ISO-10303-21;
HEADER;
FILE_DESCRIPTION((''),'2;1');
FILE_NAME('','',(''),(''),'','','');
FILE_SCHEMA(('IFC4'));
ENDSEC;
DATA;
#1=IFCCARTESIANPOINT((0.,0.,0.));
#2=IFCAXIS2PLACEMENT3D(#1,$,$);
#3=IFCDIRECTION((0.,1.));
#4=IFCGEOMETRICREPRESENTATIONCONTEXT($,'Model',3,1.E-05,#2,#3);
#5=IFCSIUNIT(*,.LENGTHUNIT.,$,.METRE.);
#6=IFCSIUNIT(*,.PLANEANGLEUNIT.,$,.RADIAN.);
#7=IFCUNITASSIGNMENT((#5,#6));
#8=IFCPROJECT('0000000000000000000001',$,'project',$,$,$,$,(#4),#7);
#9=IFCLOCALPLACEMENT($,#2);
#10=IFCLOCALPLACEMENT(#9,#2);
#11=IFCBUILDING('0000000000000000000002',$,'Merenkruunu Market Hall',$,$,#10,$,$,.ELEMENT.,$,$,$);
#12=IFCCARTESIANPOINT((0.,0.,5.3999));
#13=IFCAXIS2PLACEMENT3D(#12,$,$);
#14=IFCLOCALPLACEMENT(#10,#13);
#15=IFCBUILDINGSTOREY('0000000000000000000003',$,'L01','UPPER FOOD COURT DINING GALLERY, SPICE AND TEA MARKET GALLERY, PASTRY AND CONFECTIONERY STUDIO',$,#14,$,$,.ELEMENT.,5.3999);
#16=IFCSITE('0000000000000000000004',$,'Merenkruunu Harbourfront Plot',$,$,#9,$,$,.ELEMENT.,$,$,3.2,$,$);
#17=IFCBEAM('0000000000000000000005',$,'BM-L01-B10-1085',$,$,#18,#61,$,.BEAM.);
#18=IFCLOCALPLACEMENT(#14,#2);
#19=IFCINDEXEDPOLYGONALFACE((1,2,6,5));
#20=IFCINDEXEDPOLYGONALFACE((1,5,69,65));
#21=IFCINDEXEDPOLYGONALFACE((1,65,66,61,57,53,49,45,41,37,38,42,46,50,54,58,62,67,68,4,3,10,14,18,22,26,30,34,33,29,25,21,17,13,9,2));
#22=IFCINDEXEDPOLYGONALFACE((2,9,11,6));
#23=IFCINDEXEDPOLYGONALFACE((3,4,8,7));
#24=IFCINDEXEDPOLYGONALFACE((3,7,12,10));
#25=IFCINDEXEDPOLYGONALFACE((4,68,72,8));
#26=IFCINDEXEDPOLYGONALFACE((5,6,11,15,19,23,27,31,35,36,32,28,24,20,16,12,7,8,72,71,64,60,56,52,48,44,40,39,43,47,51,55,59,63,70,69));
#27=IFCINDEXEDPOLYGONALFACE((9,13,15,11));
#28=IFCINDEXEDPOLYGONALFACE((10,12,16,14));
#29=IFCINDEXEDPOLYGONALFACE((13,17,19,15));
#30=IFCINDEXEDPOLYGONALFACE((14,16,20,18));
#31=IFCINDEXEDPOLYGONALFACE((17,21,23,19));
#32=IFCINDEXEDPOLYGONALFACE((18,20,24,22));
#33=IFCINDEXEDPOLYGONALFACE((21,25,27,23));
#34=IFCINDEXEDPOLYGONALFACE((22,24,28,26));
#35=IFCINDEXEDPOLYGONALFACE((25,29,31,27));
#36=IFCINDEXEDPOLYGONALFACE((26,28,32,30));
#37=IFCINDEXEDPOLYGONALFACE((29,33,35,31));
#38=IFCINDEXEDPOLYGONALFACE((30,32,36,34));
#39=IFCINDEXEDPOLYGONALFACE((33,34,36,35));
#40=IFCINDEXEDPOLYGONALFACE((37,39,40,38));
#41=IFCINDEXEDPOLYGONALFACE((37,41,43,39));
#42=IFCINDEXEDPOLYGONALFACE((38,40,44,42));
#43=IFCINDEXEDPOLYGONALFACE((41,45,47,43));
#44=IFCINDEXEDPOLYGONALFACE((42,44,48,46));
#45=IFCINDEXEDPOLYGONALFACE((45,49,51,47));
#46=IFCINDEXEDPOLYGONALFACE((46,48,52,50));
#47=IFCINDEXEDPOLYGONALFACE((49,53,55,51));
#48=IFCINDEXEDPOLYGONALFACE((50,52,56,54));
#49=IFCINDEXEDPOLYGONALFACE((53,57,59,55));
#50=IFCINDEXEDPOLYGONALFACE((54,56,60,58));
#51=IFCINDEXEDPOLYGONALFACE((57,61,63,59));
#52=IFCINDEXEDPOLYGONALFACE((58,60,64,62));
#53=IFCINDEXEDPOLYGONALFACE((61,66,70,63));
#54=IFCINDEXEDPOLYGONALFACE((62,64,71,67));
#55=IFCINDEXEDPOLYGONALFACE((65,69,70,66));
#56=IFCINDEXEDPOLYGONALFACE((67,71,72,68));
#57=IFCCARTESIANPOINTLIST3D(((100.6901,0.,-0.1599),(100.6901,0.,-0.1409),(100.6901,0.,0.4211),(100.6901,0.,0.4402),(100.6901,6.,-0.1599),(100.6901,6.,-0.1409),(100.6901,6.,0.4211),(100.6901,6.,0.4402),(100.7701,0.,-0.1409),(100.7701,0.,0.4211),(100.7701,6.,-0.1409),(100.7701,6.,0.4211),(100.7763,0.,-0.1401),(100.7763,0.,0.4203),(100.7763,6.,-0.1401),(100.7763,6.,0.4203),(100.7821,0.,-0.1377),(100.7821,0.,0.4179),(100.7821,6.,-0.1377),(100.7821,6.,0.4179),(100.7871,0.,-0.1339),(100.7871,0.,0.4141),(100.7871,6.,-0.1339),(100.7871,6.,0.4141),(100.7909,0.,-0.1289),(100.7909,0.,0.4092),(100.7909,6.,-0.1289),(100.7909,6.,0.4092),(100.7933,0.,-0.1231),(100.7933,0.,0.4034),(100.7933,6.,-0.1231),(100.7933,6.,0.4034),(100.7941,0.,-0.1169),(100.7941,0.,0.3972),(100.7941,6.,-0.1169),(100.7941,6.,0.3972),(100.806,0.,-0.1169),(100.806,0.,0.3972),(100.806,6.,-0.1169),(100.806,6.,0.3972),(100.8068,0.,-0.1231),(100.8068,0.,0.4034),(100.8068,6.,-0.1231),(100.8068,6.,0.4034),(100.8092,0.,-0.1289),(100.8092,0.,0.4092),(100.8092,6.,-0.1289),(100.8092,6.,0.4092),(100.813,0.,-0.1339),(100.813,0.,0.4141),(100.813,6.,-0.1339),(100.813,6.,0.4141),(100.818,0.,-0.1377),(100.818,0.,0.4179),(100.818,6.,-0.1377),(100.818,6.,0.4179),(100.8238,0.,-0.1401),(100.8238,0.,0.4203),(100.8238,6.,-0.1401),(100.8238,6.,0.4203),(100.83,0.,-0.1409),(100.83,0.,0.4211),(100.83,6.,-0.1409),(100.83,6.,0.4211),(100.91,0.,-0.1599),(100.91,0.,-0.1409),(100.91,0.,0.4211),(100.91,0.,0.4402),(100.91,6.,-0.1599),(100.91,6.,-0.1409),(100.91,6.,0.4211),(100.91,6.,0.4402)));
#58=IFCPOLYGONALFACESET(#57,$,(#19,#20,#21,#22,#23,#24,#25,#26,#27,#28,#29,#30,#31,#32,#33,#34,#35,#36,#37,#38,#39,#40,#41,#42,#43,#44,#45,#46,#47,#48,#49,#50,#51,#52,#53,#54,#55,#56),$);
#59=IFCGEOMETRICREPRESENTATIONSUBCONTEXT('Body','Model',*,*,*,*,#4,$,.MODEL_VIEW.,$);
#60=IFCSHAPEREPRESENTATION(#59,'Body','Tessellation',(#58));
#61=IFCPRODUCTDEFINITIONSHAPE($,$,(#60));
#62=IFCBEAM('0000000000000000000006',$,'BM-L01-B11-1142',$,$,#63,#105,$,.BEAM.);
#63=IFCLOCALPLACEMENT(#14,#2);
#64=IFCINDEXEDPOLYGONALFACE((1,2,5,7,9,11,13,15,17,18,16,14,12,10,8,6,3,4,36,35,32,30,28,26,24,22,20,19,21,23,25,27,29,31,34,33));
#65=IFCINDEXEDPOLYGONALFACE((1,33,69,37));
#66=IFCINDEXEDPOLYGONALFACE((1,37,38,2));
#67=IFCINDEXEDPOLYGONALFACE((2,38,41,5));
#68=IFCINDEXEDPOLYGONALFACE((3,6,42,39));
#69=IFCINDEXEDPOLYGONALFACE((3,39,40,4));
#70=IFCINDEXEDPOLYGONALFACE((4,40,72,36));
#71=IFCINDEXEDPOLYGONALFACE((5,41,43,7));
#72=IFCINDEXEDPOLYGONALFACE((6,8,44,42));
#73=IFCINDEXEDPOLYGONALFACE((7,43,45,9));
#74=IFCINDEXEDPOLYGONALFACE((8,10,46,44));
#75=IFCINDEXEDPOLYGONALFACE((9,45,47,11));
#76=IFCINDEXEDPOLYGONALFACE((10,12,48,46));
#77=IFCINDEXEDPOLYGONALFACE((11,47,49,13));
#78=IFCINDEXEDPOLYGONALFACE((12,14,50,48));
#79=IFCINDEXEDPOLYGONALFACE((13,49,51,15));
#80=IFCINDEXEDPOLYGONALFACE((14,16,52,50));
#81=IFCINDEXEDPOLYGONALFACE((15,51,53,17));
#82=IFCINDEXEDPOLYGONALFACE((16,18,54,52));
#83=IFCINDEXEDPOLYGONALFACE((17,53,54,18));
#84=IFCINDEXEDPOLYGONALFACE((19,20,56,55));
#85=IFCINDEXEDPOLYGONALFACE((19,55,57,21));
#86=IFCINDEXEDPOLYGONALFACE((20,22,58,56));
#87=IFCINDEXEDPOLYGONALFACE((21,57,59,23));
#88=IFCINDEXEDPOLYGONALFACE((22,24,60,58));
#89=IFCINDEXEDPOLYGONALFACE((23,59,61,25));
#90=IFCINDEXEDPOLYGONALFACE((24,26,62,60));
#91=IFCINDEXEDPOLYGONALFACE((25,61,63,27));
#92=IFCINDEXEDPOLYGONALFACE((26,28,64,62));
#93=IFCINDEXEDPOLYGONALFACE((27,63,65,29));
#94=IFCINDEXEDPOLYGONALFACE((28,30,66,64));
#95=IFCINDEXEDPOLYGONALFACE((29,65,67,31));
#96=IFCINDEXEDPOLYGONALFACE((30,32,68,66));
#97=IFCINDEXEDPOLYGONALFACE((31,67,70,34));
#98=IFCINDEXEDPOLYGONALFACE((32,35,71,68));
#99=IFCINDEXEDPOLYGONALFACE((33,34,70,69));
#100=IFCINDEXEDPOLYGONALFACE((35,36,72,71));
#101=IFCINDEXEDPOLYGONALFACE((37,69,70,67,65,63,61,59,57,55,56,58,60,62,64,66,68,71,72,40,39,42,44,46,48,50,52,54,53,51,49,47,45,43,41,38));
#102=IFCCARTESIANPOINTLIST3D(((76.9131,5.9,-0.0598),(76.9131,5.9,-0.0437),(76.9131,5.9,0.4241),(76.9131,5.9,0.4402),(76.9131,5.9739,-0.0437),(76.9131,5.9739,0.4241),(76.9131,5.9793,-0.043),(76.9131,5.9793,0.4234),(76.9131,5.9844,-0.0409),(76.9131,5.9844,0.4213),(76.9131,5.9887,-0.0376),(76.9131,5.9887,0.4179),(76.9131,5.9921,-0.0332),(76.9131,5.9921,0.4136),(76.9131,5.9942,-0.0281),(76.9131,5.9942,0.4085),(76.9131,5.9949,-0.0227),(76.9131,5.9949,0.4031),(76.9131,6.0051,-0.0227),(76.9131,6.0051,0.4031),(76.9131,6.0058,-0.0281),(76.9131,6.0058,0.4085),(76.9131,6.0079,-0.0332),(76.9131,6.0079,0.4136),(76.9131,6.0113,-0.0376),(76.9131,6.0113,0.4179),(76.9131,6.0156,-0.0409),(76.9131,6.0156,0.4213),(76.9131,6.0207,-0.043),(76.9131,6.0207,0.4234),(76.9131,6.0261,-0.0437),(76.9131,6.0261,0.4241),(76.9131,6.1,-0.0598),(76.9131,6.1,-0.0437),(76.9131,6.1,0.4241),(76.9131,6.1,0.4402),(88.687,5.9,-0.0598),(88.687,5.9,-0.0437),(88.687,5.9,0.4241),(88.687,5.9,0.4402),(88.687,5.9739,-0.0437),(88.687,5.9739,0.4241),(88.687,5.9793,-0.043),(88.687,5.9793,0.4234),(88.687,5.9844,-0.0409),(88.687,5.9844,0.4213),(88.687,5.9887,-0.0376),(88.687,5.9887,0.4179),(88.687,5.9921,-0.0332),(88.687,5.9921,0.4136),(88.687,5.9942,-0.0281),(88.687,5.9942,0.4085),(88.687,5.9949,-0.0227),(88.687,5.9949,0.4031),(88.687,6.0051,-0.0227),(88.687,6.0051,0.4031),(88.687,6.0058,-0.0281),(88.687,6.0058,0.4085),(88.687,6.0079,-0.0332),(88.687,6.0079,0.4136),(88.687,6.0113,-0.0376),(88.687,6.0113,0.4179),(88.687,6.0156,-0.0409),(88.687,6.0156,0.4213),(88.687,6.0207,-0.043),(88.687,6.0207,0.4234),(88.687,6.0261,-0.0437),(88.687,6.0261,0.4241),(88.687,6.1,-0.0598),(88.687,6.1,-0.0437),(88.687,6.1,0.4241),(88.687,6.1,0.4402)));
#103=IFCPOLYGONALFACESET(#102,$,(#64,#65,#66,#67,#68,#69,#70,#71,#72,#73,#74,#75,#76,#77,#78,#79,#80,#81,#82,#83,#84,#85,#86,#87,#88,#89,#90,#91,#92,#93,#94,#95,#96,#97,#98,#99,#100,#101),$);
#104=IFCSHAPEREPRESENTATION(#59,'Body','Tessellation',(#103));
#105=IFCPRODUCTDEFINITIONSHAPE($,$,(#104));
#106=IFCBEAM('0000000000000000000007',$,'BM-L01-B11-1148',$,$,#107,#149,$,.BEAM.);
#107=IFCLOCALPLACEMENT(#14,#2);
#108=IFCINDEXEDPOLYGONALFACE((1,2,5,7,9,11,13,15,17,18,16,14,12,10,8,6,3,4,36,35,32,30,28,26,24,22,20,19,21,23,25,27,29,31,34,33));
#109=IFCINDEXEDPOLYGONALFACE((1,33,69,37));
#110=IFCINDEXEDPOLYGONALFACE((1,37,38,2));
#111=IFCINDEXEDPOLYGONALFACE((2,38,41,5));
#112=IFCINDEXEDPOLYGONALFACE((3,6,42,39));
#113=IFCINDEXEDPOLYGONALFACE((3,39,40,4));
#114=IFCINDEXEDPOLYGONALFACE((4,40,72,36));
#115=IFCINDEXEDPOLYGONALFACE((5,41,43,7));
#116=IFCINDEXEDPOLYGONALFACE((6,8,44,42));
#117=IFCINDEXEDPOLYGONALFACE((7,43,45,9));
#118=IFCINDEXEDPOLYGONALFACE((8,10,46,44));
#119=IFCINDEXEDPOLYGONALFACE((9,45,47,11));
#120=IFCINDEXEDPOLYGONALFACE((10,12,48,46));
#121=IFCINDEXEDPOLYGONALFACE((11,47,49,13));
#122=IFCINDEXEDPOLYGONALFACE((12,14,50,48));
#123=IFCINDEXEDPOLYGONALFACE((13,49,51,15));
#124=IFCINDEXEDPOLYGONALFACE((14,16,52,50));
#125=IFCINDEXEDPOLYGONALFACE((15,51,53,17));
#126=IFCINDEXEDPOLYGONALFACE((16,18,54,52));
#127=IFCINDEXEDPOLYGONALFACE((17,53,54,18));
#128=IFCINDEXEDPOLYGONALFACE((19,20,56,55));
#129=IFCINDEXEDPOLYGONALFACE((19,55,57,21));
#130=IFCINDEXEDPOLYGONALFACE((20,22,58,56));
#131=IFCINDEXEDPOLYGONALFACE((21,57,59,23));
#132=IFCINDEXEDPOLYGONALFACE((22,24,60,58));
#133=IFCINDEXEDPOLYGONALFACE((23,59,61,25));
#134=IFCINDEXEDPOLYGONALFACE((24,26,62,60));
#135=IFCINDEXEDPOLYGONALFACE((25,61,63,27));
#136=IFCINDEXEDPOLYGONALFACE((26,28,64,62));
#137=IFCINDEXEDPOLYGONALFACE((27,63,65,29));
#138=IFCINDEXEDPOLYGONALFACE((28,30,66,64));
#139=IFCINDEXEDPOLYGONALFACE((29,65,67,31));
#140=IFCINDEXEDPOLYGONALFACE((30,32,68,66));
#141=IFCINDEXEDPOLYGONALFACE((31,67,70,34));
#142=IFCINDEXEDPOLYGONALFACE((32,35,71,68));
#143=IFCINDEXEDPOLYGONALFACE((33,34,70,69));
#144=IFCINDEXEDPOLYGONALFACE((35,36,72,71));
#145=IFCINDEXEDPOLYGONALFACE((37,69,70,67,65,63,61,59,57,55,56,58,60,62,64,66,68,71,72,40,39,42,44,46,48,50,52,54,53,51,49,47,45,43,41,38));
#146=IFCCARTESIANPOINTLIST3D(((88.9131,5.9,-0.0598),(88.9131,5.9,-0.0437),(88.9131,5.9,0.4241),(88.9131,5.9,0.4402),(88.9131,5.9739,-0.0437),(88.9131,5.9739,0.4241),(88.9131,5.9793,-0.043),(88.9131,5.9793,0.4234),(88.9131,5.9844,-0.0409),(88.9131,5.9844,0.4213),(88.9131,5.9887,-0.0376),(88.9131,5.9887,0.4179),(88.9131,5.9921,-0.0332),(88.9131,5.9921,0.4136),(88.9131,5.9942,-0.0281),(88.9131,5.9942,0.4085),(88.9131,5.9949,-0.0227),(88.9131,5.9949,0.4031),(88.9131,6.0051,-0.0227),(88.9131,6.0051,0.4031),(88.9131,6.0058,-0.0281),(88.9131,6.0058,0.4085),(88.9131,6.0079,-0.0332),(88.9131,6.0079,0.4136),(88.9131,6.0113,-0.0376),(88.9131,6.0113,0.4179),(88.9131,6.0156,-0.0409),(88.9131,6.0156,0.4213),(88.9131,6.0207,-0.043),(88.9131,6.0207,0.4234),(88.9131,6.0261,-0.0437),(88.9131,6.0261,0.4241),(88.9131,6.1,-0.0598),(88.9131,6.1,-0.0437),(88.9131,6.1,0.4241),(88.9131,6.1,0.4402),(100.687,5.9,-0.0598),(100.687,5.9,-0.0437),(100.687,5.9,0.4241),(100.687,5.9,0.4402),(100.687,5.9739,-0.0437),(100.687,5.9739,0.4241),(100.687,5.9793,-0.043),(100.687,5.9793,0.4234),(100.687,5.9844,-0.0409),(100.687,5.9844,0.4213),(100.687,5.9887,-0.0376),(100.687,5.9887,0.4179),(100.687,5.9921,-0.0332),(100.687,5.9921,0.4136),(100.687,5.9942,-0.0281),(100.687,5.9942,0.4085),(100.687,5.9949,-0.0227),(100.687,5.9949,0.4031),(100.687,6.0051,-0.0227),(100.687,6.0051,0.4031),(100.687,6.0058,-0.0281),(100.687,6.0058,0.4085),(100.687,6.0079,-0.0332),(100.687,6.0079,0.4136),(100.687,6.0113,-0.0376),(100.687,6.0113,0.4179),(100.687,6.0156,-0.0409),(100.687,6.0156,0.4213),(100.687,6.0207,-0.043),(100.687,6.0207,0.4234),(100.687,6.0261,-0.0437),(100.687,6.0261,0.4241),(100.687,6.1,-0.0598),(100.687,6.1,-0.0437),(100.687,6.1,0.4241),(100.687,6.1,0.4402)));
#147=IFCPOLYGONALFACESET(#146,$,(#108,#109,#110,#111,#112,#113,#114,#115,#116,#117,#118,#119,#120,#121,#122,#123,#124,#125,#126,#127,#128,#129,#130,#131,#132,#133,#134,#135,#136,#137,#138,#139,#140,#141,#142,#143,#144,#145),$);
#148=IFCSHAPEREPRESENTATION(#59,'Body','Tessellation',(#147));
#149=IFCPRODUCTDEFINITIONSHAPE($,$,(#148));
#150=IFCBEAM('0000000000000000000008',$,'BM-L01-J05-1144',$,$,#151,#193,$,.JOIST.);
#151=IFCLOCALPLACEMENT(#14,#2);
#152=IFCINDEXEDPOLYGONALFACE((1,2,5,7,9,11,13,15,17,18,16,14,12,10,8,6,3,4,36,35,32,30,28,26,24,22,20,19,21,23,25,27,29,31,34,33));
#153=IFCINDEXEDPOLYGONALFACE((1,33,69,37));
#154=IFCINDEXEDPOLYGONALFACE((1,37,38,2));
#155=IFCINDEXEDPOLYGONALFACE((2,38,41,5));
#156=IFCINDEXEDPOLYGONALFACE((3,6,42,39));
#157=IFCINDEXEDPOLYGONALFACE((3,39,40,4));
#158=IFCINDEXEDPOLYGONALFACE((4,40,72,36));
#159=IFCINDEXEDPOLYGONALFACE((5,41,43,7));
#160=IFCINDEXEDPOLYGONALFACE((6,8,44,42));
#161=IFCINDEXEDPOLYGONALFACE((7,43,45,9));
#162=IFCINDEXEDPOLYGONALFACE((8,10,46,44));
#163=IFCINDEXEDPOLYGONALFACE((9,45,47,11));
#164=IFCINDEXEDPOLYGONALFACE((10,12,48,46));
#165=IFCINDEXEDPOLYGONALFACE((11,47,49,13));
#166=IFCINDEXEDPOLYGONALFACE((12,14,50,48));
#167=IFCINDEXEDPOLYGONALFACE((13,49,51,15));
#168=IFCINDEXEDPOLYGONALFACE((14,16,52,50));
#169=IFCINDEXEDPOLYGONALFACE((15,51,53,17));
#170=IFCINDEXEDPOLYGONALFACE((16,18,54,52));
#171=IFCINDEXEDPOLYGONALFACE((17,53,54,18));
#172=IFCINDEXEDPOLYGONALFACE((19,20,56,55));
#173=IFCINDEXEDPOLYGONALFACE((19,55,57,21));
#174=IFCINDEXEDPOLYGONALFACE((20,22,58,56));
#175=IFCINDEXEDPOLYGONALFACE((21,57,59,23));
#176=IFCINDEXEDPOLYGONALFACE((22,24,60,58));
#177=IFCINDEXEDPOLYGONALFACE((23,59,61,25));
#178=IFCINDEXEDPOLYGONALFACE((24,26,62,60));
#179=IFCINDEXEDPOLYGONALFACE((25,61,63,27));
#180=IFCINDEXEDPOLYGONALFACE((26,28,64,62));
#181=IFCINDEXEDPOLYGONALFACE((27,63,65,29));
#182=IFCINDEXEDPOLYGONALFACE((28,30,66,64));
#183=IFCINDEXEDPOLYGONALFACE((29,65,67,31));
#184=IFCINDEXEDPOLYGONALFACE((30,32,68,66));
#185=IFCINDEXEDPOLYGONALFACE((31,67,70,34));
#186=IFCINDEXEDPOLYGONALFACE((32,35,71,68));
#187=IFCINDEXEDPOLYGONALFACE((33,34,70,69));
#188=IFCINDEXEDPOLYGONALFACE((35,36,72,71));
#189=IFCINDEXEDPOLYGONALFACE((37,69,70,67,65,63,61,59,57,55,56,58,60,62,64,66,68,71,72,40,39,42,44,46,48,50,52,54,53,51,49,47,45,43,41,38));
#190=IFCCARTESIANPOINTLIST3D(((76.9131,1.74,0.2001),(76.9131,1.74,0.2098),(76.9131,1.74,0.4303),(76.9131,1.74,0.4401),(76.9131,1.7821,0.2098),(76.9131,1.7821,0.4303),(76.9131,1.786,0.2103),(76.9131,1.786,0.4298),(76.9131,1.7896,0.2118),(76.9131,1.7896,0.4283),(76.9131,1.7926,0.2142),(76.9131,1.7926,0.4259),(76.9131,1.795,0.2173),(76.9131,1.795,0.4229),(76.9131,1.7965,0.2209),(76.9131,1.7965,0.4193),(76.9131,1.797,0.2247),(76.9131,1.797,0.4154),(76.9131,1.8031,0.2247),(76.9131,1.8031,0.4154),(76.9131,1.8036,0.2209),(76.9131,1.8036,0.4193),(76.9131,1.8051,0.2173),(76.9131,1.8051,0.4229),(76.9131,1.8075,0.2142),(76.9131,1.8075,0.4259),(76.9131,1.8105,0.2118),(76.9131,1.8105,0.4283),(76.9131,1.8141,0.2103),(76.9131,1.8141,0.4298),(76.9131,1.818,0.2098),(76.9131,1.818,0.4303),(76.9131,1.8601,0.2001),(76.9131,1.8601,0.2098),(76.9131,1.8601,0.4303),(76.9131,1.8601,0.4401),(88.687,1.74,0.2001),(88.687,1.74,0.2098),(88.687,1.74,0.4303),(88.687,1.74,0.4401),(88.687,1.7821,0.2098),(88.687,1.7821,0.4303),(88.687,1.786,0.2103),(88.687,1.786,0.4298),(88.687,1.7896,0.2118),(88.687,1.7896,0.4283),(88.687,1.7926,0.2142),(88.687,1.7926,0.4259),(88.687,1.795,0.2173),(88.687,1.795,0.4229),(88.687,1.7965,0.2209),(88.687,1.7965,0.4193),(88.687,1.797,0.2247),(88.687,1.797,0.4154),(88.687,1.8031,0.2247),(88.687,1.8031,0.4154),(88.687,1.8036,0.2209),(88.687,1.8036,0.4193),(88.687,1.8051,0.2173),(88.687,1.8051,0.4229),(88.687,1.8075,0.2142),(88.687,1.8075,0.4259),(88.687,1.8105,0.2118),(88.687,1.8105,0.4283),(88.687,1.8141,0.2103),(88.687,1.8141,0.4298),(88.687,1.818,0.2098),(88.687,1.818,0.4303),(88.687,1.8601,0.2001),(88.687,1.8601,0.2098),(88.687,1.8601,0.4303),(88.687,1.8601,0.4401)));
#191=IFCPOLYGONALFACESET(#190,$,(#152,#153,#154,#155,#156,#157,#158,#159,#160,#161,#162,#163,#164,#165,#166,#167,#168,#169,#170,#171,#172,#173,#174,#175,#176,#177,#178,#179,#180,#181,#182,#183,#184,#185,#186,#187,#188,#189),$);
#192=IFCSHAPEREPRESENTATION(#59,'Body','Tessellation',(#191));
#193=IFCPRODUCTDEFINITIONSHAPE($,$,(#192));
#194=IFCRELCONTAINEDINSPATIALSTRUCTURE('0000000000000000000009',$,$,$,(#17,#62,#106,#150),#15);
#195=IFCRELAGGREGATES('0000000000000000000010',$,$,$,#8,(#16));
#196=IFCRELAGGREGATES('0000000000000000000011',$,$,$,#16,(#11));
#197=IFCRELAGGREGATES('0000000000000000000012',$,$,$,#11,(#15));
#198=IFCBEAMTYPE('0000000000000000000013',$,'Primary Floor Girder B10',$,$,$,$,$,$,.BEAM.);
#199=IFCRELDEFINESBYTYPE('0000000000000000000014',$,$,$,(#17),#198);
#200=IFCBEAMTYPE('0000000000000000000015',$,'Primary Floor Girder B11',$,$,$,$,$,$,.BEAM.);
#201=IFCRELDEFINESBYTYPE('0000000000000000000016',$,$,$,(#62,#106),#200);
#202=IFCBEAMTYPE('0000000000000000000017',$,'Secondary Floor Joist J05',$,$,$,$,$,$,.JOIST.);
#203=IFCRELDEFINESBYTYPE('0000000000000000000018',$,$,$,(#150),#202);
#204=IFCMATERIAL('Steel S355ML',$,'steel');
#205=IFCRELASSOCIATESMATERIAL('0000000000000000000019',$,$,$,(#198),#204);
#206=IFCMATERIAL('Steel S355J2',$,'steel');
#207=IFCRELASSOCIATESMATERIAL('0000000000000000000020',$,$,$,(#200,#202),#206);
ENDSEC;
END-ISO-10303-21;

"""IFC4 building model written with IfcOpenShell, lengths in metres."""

from ifc_helpers import new_model, si_unit, direction, frame, origin, origin_2d, place, context, subcontext, project, spatial, i_section, extrude, material, material_profile, profile_set, type_object, element, save


model = new_model("IFC4")

# Units and contexts
model_context = context("Model", 3, precision=1e-05, world=origin(), true_north=direction((0.0, 1.0)))
body_context = subcontext(model_context, "Body", "Model", "MODEL_VIEW")
ifc_project = project(units=[si_unit("LENGTHUNIT", "METRE"), si_unit("PLANEANGLEUNIT", "RADIAN")], contexts=[model_context])

# Site, building, storey
site_placement = place(None, origin())
site = spatial("IfcSite", under=ifc_project, at=site_placement, Name="Merenkruunu Harbourfront Plot", CompositionType="ELEMENT", RefElevation=3.2)
building_placement = place(site_placement, origin())
building = spatial("IfcBuilding", under=site, at=building_placement, Name="Merenkruunu Market Hall", CompositionType="ELEMENT")
storey_placement = place(building_placement, frame((0.0, 0.0, 5.3999)))
storey = spatial("IfcBuildingStorey", under=building, at=storey_placement, Name="L01", Description="UPPER FOOD COURT DINING GALLERY, SPICE AND TEA MARKET GALLERY, PASTRY AND CONFECTIONERY STUDIO", CompositionType="ELEMENT", Elevation=5.3999)

# Beams
ifc_material_1 = material(Name="Steel S355ML", Category="steel")
ifc_material_profile_1 = material_profile(ifc_material_1, i_section(OverallWidth=0.22, OverallDepth=0.6001, WebThickness=0.012, FlangeThickness=0.019, FilletRadius=0.0239, at=origin_2d()), Name="IPE 600")
ifc_profile_set_1 = profile_set([ifc_material_profile_1], Name="Steel S355ML")
beam_type_1 = type_object("IfcBeamType", Name="Primary Floor Girder B10", PredefinedType="BEAM", material=ifc_profile_set_1)
for number, where, z_axis, x_axis, name in (
    (1, (100.8, 6.0, 0.1401), (0.0, -1.0, 0.0), (1.0, 0.0, 0.0), "BM-L01-B10-1085"),
):
    element("IfcBeam", number, at=place(storey_placement, frame(where, z_axis=z_axis, x_axis=x_axis)), inside=storey, type_object=beam_type_1, Name=name, PredefinedType="BEAM", context=body_context, shape_type="SweptSolid", body=[
        extrude(i_section(OverallWidth=0.22, OverallDepth=0.6001, WebThickness=0.012, FlangeThickness=0.019, FilletRadius=0.0239, at=origin_2d()), origin(), (0.0, 0.0, 1.0), 6.0),
    ])
ifc_material_2 = material(Name="Steel S355J2", Category="steel")
ifc_material_profile_2 = material_profile(ifc_material_2, i_section(OverallWidth=0.2, OverallDepth=0.5, WebThickness=0.0103, FlangeThickness=0.0161, FilletRadius=0.021, at=origin_2d()), Name="IPE 500")
ifc_profile_set_2 = profile_set([ifc_material_profile_2], Name="Steel S355J2")
beam_type_2 = type_object("IfcBeamType", Name="Primary Floor Girder B11", PredefinedType="BEAM", material=ifc_profile_set_2)
for number, where, z_axis, x_axis, name in (
    (2, (76.9131, 6.0, 0.1902), (1.0, 0.0, 0.0), (0.0, 1.0, 0.0), "BM-L01-B11-1142"),
    (3, (88.9131, 6.0, 0.1902), (1.0, 0.0, 0.0), (0.0, 1.0, 0.0), "BM-L01-B11-1148"),
):
    element("IfcBeam", number, at=place(storey_placement, frame(where, z_axis=z_axis, x_axis=x_axis)), inside=storey, type_object=beam_type_2, Name=name, PredefinedType="BEAM", context=body_context, shape_type="SweptSolid", body=[
        extrude(i_section(OverallWidth=0.2, OverallDepth=0.5, WebThickness=0.0103, FlangeThickness=0.0161, FilletRadius=0.021, at=origin_2d()), origin(), (0.0, 0.0, 1.0), 11.7739),
    ])
ifc_material_profile_3 = material_profile(ifc_material_2, i_section(OverallWidth=0.1201, OverallDepth=0.24, WebThickness=0.0061, FlangeThickness=0.0098, FilletRadius=0.0149, at=origin_2d()), Name="IPE 240")
ifc_profile_set_3 = profile_set([ifc_material_profile_3], Name="Steel S355J2")
beam_type_3 = type_object("IfcBeamType", Name="Secondary Floor Joist J05", PredefinedType="JOIST", material=ifc_profile_set_3)
for number, where, z_axis, x_axis, name in (
    (4, (76.9131, 1.8, 0.3201), (1.0, 0.0, 0.0), (0.0, 1.0, 0.0), "BM-L01-J05-1144"),
):
    element("IfcBeam", number, at=place(storey_placement, frame(where, z_axis=z_axis, x_axis=x_axis)), inside=storey, type_object=beam_type_3, Name=name, PredefinedType="JOIST", context=body_context, shape_type="SweptSolid", body=[
        extrude(i_section(OverallWidth=0.1201, OverallDepth=0.24, WebThickness=0.0061, FlangeThickness=0.0098, FilletRadius=0.0149, at=origin_2d()), origin(), (0.0, 0.0, 1.0), 11.7739),
    ])

save(model, "model.ifc")
